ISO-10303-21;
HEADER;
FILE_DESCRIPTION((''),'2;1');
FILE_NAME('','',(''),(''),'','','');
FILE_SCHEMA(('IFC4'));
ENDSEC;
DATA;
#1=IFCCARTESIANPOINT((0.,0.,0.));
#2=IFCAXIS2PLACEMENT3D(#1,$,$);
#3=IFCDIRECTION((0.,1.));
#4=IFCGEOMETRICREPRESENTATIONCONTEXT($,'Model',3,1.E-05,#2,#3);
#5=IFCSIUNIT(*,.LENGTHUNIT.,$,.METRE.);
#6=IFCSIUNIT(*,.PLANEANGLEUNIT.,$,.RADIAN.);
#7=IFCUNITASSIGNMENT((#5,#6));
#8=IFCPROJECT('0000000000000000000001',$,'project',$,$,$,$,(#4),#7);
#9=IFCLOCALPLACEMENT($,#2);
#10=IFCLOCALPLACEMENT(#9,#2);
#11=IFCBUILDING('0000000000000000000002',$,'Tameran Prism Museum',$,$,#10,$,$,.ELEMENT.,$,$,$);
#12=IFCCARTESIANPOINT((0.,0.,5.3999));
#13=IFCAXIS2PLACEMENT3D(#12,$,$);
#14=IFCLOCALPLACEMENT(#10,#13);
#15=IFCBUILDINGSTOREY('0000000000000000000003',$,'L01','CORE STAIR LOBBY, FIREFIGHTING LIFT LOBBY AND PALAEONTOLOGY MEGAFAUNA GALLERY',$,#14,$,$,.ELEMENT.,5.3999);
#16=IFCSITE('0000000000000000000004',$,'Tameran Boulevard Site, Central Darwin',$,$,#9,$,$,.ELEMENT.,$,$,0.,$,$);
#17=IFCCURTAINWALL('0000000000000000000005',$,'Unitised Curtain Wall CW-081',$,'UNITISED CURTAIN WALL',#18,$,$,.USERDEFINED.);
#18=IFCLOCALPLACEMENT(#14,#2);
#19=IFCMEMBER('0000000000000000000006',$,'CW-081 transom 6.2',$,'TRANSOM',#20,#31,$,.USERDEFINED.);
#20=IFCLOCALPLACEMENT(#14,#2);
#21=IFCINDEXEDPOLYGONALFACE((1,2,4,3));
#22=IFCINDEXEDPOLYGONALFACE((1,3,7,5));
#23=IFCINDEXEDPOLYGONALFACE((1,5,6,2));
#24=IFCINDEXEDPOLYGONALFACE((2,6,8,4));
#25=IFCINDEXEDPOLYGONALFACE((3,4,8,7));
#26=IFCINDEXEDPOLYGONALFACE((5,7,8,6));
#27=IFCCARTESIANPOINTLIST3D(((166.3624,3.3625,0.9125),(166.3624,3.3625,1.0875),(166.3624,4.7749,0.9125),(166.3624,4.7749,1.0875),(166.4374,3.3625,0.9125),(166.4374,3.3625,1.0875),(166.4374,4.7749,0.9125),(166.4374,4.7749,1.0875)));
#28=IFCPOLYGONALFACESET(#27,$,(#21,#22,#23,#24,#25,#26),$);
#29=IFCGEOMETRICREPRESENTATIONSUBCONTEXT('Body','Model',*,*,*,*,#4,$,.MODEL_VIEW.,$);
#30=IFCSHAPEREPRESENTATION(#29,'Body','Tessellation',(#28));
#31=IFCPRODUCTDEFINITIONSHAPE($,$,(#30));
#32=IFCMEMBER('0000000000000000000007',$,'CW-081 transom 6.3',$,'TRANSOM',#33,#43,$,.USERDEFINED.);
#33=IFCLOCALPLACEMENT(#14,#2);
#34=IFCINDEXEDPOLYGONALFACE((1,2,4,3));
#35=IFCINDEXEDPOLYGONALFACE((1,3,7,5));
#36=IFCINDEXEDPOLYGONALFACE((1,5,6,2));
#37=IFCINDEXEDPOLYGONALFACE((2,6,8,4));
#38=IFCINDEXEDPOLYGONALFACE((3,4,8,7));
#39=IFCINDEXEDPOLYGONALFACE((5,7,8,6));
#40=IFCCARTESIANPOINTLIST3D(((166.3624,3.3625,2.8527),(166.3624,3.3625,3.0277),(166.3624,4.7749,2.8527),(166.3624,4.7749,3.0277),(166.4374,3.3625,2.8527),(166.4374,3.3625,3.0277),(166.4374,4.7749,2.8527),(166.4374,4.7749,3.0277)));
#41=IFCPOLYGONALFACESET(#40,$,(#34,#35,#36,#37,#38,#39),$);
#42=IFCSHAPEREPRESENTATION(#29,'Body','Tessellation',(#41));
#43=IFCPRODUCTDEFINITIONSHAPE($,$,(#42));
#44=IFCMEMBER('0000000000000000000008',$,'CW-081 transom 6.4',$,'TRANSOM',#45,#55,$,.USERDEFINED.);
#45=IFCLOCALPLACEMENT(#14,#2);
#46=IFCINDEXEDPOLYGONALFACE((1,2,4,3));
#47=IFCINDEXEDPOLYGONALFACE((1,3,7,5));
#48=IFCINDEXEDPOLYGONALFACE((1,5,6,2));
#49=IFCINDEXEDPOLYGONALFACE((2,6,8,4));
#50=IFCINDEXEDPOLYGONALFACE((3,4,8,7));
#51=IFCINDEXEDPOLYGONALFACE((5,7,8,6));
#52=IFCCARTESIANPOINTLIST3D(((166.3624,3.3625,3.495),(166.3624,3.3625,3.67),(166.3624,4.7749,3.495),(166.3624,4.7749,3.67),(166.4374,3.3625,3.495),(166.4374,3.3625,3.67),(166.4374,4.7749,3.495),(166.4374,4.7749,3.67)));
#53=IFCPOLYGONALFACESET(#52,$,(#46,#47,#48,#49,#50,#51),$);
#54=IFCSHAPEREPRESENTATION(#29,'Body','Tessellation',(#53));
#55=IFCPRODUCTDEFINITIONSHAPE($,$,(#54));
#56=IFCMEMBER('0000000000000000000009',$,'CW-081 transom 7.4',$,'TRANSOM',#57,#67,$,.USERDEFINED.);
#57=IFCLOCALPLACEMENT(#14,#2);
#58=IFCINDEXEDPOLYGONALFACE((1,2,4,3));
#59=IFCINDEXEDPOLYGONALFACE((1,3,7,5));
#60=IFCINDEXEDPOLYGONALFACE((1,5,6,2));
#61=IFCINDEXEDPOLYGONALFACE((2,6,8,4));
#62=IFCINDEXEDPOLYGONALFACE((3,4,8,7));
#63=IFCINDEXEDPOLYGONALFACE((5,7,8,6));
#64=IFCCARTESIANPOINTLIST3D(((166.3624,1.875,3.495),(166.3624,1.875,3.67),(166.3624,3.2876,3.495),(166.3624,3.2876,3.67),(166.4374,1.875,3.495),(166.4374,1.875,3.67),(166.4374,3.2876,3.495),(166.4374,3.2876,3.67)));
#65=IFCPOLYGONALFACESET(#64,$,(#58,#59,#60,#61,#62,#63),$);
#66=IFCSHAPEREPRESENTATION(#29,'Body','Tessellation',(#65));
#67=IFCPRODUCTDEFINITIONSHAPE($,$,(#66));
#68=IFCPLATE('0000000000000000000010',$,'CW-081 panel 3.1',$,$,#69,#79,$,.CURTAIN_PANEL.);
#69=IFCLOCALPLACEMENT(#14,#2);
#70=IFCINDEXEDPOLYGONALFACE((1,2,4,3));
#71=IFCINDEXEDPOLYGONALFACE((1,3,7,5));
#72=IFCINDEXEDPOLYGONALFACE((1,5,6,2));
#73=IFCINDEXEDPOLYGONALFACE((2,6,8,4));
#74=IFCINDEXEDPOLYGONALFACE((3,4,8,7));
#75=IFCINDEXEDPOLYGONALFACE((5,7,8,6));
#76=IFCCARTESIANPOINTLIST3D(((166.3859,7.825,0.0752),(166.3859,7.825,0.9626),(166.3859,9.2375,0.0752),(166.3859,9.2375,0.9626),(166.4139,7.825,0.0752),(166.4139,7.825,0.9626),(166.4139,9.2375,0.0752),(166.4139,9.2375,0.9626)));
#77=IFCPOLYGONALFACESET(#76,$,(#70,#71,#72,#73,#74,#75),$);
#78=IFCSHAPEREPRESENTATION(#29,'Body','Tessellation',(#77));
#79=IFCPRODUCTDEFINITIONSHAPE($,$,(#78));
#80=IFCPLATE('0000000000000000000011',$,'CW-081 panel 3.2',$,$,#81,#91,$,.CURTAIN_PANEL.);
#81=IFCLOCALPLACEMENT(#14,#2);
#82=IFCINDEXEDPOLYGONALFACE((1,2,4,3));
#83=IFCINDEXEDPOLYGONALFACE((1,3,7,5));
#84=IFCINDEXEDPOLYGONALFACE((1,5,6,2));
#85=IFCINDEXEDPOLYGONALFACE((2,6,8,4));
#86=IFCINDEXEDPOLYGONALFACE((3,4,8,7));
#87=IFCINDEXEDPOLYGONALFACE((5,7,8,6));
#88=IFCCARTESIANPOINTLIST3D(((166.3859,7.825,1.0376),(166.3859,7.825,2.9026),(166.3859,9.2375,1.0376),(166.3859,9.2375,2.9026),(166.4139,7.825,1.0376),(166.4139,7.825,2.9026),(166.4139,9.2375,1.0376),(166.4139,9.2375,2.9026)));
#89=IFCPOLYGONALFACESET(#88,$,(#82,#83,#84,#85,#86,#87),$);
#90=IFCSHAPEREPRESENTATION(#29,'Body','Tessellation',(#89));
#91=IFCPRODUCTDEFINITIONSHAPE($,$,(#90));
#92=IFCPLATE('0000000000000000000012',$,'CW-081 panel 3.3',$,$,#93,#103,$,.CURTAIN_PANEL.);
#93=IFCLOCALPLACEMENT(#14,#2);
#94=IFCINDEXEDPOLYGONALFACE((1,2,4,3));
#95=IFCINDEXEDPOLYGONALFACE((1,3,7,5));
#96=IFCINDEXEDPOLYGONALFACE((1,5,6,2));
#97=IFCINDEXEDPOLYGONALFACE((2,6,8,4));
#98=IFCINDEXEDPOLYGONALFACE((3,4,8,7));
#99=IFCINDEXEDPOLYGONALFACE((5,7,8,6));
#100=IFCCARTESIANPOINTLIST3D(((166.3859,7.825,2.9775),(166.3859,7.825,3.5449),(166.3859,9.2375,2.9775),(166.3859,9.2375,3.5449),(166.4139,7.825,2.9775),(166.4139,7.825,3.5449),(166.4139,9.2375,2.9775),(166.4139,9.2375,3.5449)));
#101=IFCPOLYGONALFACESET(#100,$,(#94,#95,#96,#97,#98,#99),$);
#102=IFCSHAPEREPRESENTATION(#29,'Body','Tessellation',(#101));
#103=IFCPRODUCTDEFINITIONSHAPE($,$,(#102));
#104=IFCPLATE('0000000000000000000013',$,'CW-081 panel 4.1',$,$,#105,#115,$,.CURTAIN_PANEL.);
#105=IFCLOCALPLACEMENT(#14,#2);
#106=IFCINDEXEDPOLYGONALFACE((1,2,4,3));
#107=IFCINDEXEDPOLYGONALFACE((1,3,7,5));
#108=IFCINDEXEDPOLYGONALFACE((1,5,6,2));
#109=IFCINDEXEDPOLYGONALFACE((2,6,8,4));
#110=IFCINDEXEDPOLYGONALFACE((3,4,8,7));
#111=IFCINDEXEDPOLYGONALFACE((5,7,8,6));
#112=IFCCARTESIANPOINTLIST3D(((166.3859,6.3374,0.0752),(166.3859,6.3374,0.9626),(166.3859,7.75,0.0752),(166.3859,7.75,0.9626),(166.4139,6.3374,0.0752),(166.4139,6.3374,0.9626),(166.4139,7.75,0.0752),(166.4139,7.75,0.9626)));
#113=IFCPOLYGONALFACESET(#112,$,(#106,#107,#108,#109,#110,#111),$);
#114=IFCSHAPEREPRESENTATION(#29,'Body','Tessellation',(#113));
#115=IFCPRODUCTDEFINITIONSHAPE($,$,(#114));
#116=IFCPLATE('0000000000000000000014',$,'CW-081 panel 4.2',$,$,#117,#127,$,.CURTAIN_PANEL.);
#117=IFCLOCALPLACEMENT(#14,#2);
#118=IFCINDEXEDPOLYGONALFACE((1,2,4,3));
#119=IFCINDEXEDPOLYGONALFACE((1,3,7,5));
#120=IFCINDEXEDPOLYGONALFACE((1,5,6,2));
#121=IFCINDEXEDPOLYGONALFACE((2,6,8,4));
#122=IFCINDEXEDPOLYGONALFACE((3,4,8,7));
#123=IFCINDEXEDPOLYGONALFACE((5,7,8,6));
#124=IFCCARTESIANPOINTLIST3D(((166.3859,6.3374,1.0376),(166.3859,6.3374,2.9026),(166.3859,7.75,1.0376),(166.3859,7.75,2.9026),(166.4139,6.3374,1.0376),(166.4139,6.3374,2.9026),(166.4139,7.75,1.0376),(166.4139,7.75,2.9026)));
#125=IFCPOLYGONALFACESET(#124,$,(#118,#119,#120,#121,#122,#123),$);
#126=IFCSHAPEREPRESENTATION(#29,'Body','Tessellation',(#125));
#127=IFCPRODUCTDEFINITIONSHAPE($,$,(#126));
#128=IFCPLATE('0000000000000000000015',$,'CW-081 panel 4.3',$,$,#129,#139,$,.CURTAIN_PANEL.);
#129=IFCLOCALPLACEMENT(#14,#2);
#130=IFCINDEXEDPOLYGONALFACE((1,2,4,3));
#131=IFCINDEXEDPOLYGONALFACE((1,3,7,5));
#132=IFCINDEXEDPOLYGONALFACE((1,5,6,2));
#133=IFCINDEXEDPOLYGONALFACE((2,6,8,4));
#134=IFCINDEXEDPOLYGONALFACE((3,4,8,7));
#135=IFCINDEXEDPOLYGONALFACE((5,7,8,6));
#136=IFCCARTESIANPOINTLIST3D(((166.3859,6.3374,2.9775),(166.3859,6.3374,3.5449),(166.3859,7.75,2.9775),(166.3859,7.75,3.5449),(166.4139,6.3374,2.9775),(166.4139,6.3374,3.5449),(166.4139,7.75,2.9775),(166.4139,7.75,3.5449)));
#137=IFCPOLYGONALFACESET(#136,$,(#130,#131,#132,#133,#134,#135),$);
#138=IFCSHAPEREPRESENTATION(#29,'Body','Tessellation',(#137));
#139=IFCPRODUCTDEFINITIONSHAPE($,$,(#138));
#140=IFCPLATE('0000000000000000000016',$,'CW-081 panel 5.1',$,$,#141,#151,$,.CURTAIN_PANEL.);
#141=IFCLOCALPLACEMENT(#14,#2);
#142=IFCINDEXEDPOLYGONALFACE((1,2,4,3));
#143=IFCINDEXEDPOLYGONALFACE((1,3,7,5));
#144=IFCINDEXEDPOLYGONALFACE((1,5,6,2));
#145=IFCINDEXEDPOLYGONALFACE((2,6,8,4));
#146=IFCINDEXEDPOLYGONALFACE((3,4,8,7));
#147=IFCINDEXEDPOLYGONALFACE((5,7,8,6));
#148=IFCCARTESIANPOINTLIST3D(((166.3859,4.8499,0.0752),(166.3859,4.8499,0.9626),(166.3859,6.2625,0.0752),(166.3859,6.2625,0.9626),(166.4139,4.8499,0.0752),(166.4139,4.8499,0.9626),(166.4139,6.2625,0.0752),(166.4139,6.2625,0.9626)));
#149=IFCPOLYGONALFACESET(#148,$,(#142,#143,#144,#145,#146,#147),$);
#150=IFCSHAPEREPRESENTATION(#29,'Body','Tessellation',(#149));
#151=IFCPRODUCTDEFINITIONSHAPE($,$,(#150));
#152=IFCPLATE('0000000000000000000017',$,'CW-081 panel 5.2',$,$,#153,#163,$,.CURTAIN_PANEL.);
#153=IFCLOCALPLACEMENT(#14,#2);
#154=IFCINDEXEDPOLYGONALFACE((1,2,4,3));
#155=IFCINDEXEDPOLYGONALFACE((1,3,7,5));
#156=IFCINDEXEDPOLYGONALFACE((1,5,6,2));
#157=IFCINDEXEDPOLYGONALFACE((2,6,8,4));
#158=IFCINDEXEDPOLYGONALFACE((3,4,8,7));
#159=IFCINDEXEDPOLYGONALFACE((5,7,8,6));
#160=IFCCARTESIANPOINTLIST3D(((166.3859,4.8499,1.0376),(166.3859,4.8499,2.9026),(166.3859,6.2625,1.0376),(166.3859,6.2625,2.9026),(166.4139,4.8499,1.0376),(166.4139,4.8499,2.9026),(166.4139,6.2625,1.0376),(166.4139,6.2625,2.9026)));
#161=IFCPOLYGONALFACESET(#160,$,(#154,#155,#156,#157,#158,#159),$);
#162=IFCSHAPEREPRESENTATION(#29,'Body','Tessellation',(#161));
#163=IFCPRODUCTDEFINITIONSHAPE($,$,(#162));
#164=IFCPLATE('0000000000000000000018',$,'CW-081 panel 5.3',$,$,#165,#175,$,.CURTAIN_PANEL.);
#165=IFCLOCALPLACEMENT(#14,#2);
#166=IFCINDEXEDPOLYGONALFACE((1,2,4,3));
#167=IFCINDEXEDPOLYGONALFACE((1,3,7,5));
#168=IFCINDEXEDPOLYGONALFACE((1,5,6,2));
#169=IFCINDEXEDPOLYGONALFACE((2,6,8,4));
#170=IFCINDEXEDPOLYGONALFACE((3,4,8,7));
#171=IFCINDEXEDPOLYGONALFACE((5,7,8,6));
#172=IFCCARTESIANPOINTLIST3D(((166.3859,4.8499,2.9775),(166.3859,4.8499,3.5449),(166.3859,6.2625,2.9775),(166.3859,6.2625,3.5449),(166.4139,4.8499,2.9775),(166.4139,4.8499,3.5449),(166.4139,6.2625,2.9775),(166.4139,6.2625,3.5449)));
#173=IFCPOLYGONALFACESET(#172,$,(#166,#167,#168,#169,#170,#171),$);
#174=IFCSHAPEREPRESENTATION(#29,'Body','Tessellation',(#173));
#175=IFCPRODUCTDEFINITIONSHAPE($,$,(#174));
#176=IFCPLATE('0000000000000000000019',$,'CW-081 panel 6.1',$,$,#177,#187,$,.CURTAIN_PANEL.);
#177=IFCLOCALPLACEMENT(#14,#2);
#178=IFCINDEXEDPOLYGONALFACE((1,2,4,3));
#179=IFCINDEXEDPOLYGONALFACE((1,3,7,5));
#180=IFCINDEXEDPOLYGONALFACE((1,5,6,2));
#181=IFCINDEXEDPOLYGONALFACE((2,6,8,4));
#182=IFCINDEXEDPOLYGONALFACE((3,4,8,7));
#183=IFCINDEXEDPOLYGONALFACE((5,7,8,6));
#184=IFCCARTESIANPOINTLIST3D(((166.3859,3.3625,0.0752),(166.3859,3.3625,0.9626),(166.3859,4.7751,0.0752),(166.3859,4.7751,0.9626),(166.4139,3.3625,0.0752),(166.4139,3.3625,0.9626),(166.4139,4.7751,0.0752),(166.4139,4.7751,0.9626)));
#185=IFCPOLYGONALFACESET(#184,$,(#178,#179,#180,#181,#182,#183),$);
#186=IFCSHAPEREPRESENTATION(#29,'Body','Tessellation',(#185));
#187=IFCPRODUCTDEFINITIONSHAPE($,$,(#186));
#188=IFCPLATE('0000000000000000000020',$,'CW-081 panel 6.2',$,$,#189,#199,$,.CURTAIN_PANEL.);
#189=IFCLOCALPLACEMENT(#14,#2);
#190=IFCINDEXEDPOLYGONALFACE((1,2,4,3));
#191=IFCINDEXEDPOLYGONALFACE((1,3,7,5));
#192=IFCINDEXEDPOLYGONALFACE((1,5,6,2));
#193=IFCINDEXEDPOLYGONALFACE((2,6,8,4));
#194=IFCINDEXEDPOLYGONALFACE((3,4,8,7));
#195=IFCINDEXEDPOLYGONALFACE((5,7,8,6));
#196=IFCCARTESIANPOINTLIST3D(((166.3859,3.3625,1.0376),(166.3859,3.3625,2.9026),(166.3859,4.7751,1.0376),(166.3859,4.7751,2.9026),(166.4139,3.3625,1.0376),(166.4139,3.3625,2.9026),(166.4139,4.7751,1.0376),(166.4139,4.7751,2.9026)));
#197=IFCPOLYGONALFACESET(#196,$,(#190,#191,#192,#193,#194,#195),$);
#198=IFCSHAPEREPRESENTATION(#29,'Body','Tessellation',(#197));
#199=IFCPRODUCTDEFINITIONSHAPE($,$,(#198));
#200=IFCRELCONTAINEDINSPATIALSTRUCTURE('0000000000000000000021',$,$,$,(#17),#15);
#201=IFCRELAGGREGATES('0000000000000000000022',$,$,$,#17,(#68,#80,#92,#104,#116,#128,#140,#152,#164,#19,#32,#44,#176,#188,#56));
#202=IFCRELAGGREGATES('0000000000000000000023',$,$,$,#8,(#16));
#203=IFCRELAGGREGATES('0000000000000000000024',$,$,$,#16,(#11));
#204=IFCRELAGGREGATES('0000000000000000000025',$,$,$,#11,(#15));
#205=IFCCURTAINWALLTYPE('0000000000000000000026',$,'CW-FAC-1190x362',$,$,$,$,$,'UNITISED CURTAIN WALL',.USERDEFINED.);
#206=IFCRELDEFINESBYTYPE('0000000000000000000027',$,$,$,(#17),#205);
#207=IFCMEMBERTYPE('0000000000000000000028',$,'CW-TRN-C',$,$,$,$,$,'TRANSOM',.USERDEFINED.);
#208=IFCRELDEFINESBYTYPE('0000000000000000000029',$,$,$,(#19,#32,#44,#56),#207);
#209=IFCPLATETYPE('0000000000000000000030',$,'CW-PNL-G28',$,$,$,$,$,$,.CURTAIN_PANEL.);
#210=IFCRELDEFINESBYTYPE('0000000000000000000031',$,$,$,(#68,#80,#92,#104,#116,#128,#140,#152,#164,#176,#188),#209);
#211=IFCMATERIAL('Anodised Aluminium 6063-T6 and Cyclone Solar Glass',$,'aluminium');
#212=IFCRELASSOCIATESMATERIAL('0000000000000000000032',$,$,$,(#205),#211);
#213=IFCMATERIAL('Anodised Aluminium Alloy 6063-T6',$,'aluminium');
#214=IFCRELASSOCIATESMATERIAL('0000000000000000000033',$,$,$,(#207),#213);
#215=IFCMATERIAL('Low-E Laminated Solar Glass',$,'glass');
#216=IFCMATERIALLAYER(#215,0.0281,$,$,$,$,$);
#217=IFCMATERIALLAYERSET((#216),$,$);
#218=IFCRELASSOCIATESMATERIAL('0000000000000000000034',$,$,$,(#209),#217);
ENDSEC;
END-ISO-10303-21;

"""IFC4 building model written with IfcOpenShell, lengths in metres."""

from ifc_helpers import new_model, si_unit, direction, frame, origin, origin_2d, place, context, subcontext, project, spatial, rectangle, extrude, material, layer, layer_set, material_profile, profile_set, type_object, element, aggregate, save


model = new_model("IFC4")

# Units and contexts
model_context = context("Model", 3, precision=1e-05, world=origin(), true_north=direction((0.0, 1.0)))
body_context = subcontext(model_context, "Body", "Model", "MODEL_VIEW")
ifc_project = project(units=[si_unit("LENGTHUNIT", "METRE"), si_unit("PLANEANGLEUNIT", "RADIAN")], contexts=[model_context])

# Site, building, storey
site_placement = place(None, origin())
site = spatial("IfcSite", under=ifc_project, at=site_placement, Name="Tameran Boulevard Site, Central Darwin", CompositionType="ELEMENT", RefElevation=0.0)
building_placement = place(site_placement, origin())
building = spatial("IfcBuilding", under=site, at=building_placement, Name="Tameran Prism Museum", CompositionType="ELEMENT")
storey_placement = place(building_placement, frame((0.0, 0.0, 5.3999)))
storey = spatial("IfcBuildingStorey", under=building, at=storey_placement, Name="L01", Description="CORE STAIR LOBBY, FIREFIGHTING LIFT LOBBY AND PALAEONTOLOGY MEGAFAUNA GALLERY", CompositionType="ELEMENT", Elevation=5.3999)

# Curtain wall, members, plates
ifc_material_1 = material(Name="Anodised Aluminium 6063-T6 and Cyclone Solar Glass", Category="aluminium")
curtain_wall_type = type_object("IfcCurtainWallType", Name="CW-FAC-1190x362", ElementType="UNITISED CURTAIN WALL", PredefinedType="USERDEFINED", material=ifc_material_1)
curtain_wall_placement = place(storey_placement, origin())
curtain_wall = element("IfcCurtainWall", 1, at=curtain_wall_placement, inside=storey, type_object=curtain_wall_type, Name="Unitised Curtain Wall CW-081", ObjectType="UNITISED CURTAIN WALL", PredefinedType="USERDEFINED")
ifc_material_2 = material(Name="Anodised Aluminium Alloy 6063-T6", Category="aluminium")
ifc_material_profile_1 = material_profile(ifc_material_2, rectangle(XDim=0.075, YDim=0.175, at=origin_2d()))
ifc_profile_set_1 = profile_set([ifc_material_profile_1])
member_type_1 = type_object("IfcMemberType", Name="CW-TRN-C", ElementType="TRANSOM", PredefinedType="USERDEFINED", material=ifc_profile_set_1)
member_1_placement = place(storey_placement, frame((166.3999, 4.7749, 1.0), z_axis=(0.0, -1.0, 0.0), x_axis=(1.0, 0.0, 0.0)))
member_1 = element("IfcMember", 2, at=member_1_placement, type_object=member_type_1, Name="CW-081 transom 6.2", ObjectType="TRANSOM", PredefinedType="USERDEFINED", context=body_context, shape_type="SweptSolid", body=[
    extrude(rectangle(XDim=0.075, YDim=0.175, at=origin_2d()), origin(), (0.0, 0.0, 1.0), 1.4124),
])
member_2_placement = place(storey_placement, frame((166.3999, 4.7749, 2.9402), z_axis=(0.0, -1.0, 0.0), x_axis=(1.0, 0.0, 0.0)))
member_2 = element("IfcMember", 3, at=member_2_placement, type_object=member_type_1, Name="CW-081 transom 6.3", ObjectType="TRANSOM", PredefinedType="USERDEFINED", context=body_context, shape_type="SweptSolid", body=[
    extrude(rectangle(XDim=0.075, YDim=0.175, at=origin_2d()), origin(), (0.0, 0.0, 1.0), 1.4124),
])
member_3_placement = place(storey_placement, frame((166.3999, 4.7749, 3.5825), z_axis=(0.0, -1.0, 0.0), x_axis=(1.0, 0.0, 0.0)))
member_3 = element("IfcMember", 4, at=member_3_placement, type_object=member_type_1, Name="CW-081 transom 6.4", ObjectType="TRANSOM", PredefinedType="USERDEFINED", context=body_context, shape_type="SweptSolid", body=[
    extrude(rectangle(XDim=0.075, YDim=0.175, at=origin_2d()), origin(), (0.0, 0.0, 1.0), 1.4124),
])
member_4_placement = place(storey_placement, frame((166.3999, 3.2876, 3.5825), z_axis=(0.0, -1.0, 0.0), x_axis=(1.0, 0.0, 0.0)))
member_4 = element("IfcMember", 5, at=member_4_placement, type_object=member_type_1, Name="CW-081 transom 7.4", ObjectType="TRANSOM", PredefinedType="USERDEFINED", context=body_context, shape_type="SweptSolid", body=[
    extrude(rectangle(XDim=0.075, YDim=0.175, at=origin_2d()), origin(), (0.0, 0.0, 1.0), 1.4126),
])
ifc_material_3 = material(Name="Low-E Laminated Solar Glass", Category="glass")
ifc_layer_1 = layer(ifc_material_3, 0.0281)
ifc_layer_set_1 = layer_set([ifc_layer_1])
plate_type = type_object("IfcPlateType", Name="CW-PNL-G28", PredefinedType="CURTAIN_PANEL", material=ifc_layer_set_1)
plate_1_placement = place(storey_placement, frame((166.3999, 8.5312, 0.0752), z_axis=(0.0, 0.0, 1.0), x_axis=(0.0, -1.0, 0.0)))
plate_1 = element("IfcPlate", 6, at=plate_1_placement, type_object=plate_type, Name="CW-081 panel 3.1", PredefinedType="CURTAIN_PANEL", context=body_context, shape_type="SweptSolid", body=[
    extrude(rectangle(XDim=1.4126, YDim=0.0281, at=origin_2d()), origin(), (0.0, 0.0, 1.0), 0.8875),
])
plate_2_placement = place(storey_placement, frame((166.3999, 8.5312, 1.0376), z_axis=(0.0, 0.0, 1.0), x_axis=(0.0, -1.0, 0.0)))
plate_2 = element("IfcPlate", 7, at=plate_2_placement, type_object=plate_type, Name="CW-081 panel 3.2", PredefinedType="CURTAIN_PANEL", context=body_context, shape_type="SweptSolid", body=[
    extrude(rectangle(XDim=1.4126, YDim=0.0281, at=origin_2d()), origin(), (0.0, 0.0, 1.0), 1.865),
])
plate_3_placement = place(storey_placement, frame((166.3999, 8.5312, 2.9775), z_axis=(0.0, 0.0, 1.0), x_axis=(0.0, -1.0, 0.0)))
plate_3 = element("IfcPlate", 8, at=plate_3_placement, type_object=plate_type, Name="CW-081 panel 3.3", PredefinedType="CURTAIN_PANEL", context=body_context, shape_type="SweptSolid", body=[
    extrude(rectangle(XDim=1.4126, YDim=0.0281, at=origin_2d()), origin(), (0.0, 0.0, 1.0), 0.5674),
])
plate_4_placement = place(storey_placement, frame((166.3999, 7.0437, 0.0752), z_axis=(0.0, 0.0, 1.0), x_axis=(0.0, -1.0, 0.0)))
plate_4 = element("IfcPlate", 9, at=plate_4_placement, type_object=plate_type, Name="CW-081 panel 4.1", PredefinedType="CURTAIN_PANEL", context=body_context, shape_type="SweptSolid", body=[
    extrude(rectangle(XDim=1.4126, YDim=0.0281, at=origin_2d()), origin(), (0.0, 0.0, 1.0), 0.8875),
])
plate_5_placement = place(storey_placement, frame((166.3999, 7.0437, 1.0376), z_axis=(0.0, 0.0, 1.0), x_axis=(0.0, -1.0, 0.0)))
plate_5 = element("IfcPlate", 10, at=plate_5_placement, type_object=plate_type, Name="CW-081 panel 4.2", PredefinedType="CURTAIN_PANEL", context=body_context, shape_type="SweptSolid", body=[
    extrude(rectangle(XDim=1.4126, YDim=0.0281, at=origin_2d()), origin(), (0.0, 0.0, 1.0), 1.865),
])
plate_6_placement = place(storey_placement, frame((166.3999, 7.0437, 2.9775), z_axis=(0.0, 0.0, 1.0), x_axis=(0.0, -1.0, 0.0)))
plate_6 = element("IfcPlate", 11, at=plate_6_placement, type_object=plate_type, Name="CW-081 panel 4.3", PredefinedType="CURTAIN_PANEL", context=body_context, shape_type="SweptSolid", body=[
    extrude(rectangle(XDim=1.4126, YDim=0.0281, at=origin_2d()), origin(), (0.0, 0.0, 1.0), 0.5674),
])
plate_7_placement = place(storey_placement, frame((166.3999, 5.5562, 0.0752), z_axis=(0.0, 0.0, 1.0), x_axis=(0.0, -1.0, 0.0)))
plate_7 = element("IfcPlate", 12, at=plate_7_placement, type_object=plate_type, Name="CW-081 panel 5.1", PredefinedType="CURTAIN_PANEL", context=body_context, shape_type="SweptSolid", body=[
    extrude(rectangle(XDim=1.4126, YDim=0.0281, at=origin_2d()), origin(), (0.0, 0.0, 1.0), 0.8875),
])
plate_8_placement = place(storey_placement, frame((166.3999, 5.5562, 1.0376), z_axis=(0.0, 0.0, 1.0), x_axis=(0.0, -1.0, 0.0)))
plate_8 = element("IfcPlate", 13, at=plate_8_placement, type_object=plate_type, Name="CW-081 panel 5.2", PredefinedType="CURTAIN_PANEL", context=body_context, shape_type="SweptSolid", body=[
    extrude(rectangle(XDim=1.4126, YDim=0.0281, at=origin_2d()), origin(), (0.0, 0.0, 1.0), 1.865),
])
plate_9_placement = place(storey_placement, frame((166.3999, 5.5562, 2.9775), z_axis=(0.0, 0.0, 1.0), x_axis=(0.0, -1.0, 0.0)))
plate_9 = element("IfcPlate", 14, at=plate_9_placement, type_object=plate_type, Name="CW-081 panel 5.3", PredefinedType="CURTAIN_PANEL", context=body_context, shape_type="SweptSolid", body=[
    extrude(rectangle(XDim=1.4126, YDim=0.0281, at=origin_2d()), origin(), (0.0, 0.0, 1.0), 0.5674),
])
plate_10_placement = place(storey_placement, frame((166.3999, 4.0688, 0.0752), z_axis=(0.0, 0.0, 1.0), x_axis=(0.0, -1.0, 0.0)))
plate_10 = element("IfcPlate", 15, at=plate_10_placement, type_object=plate_type, Name="CW-081 panel 6.1", PredefinedType="CURTAIN_PANEL", context=body_context, shape_type="SweptSolid", body=[
    extrude(rectangle(XDim=1.4126, YDim=0.0281, at=origin_2d()), origin(), (0.0, 0.0, 1.0), 0.8875),
])
plate_11_placement = place(storey_placement, frame((166.3999, 4.0688, 1.0376), z_axis=(0.0, 0.0, 1.0), x_axis=(0.0, -1.0, 0.0)))
plate_11 = element("IfcPlate", 16, at=plate_11_placement, type_object=plate_type, Name="CW-081 panel 6.2", PredefinedType="CURTAIN_PANEL", context=body_context, shape_type="SweptSolid", body=[
    extrude(rectangle(XDim=1.4126, YDim=0.0281, at=origin_2d()), origin(), (0.0, 0.0, 1.0), 1.865),
])
aggregate(curtain_wall, [plate_1, plate_2, plate_3, plate_4, plate_5, plate_6, plate_7, plate_8, plate_9, member_1, member_2, member_3, plate_10, plate_11, member_4])

save(model, "model.ifc")
